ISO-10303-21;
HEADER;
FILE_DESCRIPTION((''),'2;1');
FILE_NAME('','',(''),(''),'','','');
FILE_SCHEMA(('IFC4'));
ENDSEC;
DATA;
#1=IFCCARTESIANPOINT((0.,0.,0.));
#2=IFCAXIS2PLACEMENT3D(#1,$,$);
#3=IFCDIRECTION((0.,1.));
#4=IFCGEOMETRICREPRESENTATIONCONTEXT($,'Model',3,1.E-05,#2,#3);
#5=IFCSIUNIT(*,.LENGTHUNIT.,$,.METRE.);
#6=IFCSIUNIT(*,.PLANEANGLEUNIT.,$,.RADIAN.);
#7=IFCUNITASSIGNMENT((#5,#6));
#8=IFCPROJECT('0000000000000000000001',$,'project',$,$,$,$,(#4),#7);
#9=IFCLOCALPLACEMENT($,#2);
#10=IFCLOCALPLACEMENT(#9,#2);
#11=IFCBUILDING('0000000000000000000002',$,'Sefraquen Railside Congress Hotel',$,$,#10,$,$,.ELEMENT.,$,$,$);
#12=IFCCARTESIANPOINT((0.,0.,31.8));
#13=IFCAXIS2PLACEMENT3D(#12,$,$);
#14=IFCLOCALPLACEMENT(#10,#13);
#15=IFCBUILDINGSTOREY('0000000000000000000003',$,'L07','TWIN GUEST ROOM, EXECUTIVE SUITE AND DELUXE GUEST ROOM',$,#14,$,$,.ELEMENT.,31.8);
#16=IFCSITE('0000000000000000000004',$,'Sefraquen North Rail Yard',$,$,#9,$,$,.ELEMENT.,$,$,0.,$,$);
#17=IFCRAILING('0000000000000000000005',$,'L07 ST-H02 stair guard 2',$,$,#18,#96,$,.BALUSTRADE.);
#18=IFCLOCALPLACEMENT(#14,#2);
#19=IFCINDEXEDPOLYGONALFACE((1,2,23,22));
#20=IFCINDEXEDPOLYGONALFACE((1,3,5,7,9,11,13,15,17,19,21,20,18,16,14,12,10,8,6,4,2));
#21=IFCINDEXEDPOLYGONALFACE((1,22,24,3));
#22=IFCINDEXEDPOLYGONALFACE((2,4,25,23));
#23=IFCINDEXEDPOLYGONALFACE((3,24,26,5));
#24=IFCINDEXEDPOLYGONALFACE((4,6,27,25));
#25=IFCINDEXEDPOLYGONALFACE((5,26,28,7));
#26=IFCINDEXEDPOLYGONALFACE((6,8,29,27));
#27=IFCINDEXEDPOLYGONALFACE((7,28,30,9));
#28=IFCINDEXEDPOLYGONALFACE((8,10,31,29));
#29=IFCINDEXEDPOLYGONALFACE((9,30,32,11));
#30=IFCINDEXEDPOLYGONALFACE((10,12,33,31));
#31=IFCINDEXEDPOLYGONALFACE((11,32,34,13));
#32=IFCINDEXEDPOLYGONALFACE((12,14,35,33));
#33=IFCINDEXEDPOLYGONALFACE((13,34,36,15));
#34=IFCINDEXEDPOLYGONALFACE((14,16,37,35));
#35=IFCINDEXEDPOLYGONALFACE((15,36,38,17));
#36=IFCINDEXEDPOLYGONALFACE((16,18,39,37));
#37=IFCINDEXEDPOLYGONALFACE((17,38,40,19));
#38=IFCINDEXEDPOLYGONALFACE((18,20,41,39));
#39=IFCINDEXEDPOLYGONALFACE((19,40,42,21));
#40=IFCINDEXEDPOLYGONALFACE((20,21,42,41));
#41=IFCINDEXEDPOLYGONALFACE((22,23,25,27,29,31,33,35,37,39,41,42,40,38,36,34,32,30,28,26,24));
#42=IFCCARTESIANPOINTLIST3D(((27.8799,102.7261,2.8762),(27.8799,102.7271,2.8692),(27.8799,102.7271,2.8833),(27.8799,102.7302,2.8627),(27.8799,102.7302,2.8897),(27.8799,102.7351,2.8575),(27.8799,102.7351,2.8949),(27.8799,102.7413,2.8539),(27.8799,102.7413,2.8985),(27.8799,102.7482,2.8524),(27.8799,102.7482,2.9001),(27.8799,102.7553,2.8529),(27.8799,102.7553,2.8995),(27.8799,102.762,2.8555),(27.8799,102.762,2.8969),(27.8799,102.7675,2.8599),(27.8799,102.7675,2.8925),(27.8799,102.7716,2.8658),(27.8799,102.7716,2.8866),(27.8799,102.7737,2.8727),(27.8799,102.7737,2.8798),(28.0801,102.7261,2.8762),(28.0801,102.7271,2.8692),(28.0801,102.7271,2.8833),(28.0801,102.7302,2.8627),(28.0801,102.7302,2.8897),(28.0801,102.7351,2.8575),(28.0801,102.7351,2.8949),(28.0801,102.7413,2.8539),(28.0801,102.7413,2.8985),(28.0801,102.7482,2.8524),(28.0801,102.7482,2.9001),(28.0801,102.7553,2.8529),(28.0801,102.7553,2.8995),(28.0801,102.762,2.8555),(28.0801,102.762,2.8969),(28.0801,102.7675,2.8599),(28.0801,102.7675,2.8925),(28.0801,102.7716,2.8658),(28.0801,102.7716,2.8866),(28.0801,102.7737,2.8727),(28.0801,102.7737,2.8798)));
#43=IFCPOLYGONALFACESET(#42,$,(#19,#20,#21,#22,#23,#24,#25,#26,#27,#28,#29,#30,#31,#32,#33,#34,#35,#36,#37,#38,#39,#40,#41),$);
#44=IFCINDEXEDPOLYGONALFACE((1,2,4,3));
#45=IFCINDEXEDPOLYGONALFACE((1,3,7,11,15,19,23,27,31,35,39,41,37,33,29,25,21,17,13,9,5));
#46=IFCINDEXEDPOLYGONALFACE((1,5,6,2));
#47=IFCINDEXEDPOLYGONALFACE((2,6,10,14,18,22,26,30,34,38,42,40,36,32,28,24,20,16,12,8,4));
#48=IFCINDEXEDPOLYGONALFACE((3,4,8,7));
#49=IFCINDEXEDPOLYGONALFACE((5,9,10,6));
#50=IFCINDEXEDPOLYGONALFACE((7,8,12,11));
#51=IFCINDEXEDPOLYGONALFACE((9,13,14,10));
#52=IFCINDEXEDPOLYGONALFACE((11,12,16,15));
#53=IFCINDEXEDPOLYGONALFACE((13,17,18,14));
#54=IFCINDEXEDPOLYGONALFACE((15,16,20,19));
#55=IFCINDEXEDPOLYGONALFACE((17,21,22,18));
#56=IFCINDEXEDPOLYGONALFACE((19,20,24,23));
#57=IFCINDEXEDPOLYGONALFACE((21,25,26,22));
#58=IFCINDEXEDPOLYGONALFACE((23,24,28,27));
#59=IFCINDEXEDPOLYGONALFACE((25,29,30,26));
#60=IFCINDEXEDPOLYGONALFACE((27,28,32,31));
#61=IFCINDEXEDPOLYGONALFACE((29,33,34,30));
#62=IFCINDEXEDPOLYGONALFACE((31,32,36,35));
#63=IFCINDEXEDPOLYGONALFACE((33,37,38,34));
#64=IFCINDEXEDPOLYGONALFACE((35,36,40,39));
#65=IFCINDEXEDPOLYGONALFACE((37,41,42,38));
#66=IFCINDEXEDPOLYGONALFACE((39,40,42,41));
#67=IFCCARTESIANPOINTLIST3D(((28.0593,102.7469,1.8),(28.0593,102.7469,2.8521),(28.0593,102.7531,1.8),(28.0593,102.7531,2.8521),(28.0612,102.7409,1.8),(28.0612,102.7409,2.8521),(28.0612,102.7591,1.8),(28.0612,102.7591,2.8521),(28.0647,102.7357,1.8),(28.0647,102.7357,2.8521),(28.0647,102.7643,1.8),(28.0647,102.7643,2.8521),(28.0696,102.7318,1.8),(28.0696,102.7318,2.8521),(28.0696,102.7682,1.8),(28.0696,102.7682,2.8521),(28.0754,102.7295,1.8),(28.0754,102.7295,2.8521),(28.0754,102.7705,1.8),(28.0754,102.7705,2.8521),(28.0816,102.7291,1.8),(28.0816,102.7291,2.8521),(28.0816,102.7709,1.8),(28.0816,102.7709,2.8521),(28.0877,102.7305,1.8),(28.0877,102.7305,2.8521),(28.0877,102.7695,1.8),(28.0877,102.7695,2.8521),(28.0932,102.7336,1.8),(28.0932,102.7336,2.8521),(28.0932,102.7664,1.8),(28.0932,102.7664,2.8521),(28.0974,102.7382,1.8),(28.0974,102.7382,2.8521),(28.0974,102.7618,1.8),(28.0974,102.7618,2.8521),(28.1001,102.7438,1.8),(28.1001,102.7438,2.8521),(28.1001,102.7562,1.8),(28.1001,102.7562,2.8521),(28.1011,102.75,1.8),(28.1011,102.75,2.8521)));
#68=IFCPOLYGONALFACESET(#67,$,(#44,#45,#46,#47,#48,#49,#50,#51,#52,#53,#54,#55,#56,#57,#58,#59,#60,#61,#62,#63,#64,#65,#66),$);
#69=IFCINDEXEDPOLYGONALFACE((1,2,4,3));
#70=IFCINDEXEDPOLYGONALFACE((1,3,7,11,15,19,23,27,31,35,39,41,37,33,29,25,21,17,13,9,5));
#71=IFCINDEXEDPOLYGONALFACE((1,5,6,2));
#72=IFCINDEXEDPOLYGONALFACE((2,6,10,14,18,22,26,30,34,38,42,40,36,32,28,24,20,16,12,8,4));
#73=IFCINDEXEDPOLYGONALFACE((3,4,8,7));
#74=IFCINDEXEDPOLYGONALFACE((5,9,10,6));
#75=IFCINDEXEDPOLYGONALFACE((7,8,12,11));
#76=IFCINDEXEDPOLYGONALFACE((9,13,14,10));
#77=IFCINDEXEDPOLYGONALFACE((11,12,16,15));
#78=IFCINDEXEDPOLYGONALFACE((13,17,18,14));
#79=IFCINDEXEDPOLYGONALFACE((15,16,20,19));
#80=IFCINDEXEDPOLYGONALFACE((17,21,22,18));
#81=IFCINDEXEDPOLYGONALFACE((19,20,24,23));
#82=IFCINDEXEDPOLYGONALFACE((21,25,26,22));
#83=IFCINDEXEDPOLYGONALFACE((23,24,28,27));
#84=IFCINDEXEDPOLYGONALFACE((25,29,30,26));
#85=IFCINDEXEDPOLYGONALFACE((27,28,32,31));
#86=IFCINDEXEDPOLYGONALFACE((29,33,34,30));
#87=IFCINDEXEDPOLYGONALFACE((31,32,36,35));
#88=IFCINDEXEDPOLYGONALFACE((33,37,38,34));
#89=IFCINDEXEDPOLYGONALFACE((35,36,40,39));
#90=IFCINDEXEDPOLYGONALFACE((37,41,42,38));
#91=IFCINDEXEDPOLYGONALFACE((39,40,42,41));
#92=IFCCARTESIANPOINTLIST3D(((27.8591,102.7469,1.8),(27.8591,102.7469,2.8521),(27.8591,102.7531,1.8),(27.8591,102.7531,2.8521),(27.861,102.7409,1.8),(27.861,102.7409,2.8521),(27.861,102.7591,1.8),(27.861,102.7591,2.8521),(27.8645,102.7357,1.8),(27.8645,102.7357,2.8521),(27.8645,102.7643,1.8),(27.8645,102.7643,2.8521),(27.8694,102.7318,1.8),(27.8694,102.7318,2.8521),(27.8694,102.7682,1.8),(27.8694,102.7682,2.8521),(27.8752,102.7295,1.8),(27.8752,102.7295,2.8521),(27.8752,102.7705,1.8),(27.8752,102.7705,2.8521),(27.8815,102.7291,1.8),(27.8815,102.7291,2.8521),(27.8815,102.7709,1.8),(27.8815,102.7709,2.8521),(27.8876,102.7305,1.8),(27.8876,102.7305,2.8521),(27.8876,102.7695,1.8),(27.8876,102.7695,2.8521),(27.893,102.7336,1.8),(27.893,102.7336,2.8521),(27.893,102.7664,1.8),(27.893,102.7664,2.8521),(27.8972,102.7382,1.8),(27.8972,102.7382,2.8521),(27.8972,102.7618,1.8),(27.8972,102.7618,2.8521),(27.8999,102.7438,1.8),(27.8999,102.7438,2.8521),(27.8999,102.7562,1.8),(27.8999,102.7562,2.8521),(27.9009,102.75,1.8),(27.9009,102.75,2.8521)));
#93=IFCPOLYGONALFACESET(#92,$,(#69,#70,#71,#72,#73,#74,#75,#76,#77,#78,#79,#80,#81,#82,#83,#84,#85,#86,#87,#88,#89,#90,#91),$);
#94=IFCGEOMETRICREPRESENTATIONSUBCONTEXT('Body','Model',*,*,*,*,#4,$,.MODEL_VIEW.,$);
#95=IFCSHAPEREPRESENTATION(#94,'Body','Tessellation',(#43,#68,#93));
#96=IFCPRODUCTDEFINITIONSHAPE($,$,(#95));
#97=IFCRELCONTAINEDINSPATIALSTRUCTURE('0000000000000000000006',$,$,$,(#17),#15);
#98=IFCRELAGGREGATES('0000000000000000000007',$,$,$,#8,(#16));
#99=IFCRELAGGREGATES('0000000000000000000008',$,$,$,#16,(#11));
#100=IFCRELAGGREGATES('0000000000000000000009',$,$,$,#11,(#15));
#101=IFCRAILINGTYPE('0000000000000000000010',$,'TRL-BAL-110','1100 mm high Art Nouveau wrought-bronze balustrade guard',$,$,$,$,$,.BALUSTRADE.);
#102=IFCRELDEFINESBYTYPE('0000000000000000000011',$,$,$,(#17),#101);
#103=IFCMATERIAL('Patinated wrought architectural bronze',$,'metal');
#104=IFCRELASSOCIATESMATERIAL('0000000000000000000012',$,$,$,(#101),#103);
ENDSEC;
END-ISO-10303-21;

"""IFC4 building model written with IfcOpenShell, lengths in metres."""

from ifc_helpers import new_model, si_unit, direction, frame, origin, origin_2d, place, context, subcontext, project, spatial, circle, extrude, material, type_object, element, save


model = new_model("IFC4")

# Units and contexts
model_context = context("Model", 3, precision=1e-05, world=origin(), true_north=direction((0.0, 1.0)))
body_context = subcontext(model_context, "Body", "Model", "MODEL_VIEW")
ifc_project = project(units=[si_unit("LENGTHUNIT", "METRE"), si_unit("PLANEANGLEUNIT", "RADIAN")], contexts=[model_context])

# Site, building, storey
site_placement = place(None, origin())
site = spatial("IfcSite", under=ifc_project, at=site_placement, Name="Sefraquen North Rail Yard", CompositionType="ELEMENT", RefElevation=0.0)
building_placement = place(site_placement, origin())
building = spatial("IfcBuilding", under=site, at=building_placement, Name="Sefraquen Railside Congress Hotel", CompositionType="ELEMENT")
storey_placement = place(building_placement, frame((0.0, 0.0, 31.8)))
storey = spatial("IfcBuildingStorey", under=building, at=storey_placement, Name="L07", Description="TWIN GUEST ROOM, EXECUTIVE SUITE AND DELUXE GUEST ROOM", CompositionType="ELEMENT", Elevation=31.8)

# Railing
ifc_material_1 = material(Name="Patinated wrought architectural bronze", Category="metal")
railing_type_1 = type_object("IfcRailingType", Name="TRL-BAL-110", Description="1100 mm high Art Nouveau wrought-bronze balustrade guard", PredefinedType="BALUSTRADE", material=ifc_material_1)
railing_1_placement = place(storey_placement, frame((28.0801, 102.75, 1.8)))
element("IfcRailing", 1, at=railing_1_placement, inside=storey, type_object=railing_type_1, Name="L07 ST-H02 stair guard 2", PredefinedType="BALUSTRADE", context=body_context, shape_type="SweptSolid", body=[
    extrude(circle(Radius=0.0239, at=origin_2d()), frame((0.0, 0.0, 1.0762), z_axis=(-1.0, 0.0, 0.0), x_axis=(0.0, -1.0, 0.0)), (0.0, 0.0, 1.0), 0.2002),
    extrude(circle(Radius=0.021, at=origin_2d()), origin(), (0.0, 0.0, 1.0), 1.052),
    extrude(circle(Radius=0.021, at=origin_2d()), frame((-0.2002, 0.0, 0.0)), (0.0, 0.0, 1.0), 1.052),
])

save(model, "model.ifc")
